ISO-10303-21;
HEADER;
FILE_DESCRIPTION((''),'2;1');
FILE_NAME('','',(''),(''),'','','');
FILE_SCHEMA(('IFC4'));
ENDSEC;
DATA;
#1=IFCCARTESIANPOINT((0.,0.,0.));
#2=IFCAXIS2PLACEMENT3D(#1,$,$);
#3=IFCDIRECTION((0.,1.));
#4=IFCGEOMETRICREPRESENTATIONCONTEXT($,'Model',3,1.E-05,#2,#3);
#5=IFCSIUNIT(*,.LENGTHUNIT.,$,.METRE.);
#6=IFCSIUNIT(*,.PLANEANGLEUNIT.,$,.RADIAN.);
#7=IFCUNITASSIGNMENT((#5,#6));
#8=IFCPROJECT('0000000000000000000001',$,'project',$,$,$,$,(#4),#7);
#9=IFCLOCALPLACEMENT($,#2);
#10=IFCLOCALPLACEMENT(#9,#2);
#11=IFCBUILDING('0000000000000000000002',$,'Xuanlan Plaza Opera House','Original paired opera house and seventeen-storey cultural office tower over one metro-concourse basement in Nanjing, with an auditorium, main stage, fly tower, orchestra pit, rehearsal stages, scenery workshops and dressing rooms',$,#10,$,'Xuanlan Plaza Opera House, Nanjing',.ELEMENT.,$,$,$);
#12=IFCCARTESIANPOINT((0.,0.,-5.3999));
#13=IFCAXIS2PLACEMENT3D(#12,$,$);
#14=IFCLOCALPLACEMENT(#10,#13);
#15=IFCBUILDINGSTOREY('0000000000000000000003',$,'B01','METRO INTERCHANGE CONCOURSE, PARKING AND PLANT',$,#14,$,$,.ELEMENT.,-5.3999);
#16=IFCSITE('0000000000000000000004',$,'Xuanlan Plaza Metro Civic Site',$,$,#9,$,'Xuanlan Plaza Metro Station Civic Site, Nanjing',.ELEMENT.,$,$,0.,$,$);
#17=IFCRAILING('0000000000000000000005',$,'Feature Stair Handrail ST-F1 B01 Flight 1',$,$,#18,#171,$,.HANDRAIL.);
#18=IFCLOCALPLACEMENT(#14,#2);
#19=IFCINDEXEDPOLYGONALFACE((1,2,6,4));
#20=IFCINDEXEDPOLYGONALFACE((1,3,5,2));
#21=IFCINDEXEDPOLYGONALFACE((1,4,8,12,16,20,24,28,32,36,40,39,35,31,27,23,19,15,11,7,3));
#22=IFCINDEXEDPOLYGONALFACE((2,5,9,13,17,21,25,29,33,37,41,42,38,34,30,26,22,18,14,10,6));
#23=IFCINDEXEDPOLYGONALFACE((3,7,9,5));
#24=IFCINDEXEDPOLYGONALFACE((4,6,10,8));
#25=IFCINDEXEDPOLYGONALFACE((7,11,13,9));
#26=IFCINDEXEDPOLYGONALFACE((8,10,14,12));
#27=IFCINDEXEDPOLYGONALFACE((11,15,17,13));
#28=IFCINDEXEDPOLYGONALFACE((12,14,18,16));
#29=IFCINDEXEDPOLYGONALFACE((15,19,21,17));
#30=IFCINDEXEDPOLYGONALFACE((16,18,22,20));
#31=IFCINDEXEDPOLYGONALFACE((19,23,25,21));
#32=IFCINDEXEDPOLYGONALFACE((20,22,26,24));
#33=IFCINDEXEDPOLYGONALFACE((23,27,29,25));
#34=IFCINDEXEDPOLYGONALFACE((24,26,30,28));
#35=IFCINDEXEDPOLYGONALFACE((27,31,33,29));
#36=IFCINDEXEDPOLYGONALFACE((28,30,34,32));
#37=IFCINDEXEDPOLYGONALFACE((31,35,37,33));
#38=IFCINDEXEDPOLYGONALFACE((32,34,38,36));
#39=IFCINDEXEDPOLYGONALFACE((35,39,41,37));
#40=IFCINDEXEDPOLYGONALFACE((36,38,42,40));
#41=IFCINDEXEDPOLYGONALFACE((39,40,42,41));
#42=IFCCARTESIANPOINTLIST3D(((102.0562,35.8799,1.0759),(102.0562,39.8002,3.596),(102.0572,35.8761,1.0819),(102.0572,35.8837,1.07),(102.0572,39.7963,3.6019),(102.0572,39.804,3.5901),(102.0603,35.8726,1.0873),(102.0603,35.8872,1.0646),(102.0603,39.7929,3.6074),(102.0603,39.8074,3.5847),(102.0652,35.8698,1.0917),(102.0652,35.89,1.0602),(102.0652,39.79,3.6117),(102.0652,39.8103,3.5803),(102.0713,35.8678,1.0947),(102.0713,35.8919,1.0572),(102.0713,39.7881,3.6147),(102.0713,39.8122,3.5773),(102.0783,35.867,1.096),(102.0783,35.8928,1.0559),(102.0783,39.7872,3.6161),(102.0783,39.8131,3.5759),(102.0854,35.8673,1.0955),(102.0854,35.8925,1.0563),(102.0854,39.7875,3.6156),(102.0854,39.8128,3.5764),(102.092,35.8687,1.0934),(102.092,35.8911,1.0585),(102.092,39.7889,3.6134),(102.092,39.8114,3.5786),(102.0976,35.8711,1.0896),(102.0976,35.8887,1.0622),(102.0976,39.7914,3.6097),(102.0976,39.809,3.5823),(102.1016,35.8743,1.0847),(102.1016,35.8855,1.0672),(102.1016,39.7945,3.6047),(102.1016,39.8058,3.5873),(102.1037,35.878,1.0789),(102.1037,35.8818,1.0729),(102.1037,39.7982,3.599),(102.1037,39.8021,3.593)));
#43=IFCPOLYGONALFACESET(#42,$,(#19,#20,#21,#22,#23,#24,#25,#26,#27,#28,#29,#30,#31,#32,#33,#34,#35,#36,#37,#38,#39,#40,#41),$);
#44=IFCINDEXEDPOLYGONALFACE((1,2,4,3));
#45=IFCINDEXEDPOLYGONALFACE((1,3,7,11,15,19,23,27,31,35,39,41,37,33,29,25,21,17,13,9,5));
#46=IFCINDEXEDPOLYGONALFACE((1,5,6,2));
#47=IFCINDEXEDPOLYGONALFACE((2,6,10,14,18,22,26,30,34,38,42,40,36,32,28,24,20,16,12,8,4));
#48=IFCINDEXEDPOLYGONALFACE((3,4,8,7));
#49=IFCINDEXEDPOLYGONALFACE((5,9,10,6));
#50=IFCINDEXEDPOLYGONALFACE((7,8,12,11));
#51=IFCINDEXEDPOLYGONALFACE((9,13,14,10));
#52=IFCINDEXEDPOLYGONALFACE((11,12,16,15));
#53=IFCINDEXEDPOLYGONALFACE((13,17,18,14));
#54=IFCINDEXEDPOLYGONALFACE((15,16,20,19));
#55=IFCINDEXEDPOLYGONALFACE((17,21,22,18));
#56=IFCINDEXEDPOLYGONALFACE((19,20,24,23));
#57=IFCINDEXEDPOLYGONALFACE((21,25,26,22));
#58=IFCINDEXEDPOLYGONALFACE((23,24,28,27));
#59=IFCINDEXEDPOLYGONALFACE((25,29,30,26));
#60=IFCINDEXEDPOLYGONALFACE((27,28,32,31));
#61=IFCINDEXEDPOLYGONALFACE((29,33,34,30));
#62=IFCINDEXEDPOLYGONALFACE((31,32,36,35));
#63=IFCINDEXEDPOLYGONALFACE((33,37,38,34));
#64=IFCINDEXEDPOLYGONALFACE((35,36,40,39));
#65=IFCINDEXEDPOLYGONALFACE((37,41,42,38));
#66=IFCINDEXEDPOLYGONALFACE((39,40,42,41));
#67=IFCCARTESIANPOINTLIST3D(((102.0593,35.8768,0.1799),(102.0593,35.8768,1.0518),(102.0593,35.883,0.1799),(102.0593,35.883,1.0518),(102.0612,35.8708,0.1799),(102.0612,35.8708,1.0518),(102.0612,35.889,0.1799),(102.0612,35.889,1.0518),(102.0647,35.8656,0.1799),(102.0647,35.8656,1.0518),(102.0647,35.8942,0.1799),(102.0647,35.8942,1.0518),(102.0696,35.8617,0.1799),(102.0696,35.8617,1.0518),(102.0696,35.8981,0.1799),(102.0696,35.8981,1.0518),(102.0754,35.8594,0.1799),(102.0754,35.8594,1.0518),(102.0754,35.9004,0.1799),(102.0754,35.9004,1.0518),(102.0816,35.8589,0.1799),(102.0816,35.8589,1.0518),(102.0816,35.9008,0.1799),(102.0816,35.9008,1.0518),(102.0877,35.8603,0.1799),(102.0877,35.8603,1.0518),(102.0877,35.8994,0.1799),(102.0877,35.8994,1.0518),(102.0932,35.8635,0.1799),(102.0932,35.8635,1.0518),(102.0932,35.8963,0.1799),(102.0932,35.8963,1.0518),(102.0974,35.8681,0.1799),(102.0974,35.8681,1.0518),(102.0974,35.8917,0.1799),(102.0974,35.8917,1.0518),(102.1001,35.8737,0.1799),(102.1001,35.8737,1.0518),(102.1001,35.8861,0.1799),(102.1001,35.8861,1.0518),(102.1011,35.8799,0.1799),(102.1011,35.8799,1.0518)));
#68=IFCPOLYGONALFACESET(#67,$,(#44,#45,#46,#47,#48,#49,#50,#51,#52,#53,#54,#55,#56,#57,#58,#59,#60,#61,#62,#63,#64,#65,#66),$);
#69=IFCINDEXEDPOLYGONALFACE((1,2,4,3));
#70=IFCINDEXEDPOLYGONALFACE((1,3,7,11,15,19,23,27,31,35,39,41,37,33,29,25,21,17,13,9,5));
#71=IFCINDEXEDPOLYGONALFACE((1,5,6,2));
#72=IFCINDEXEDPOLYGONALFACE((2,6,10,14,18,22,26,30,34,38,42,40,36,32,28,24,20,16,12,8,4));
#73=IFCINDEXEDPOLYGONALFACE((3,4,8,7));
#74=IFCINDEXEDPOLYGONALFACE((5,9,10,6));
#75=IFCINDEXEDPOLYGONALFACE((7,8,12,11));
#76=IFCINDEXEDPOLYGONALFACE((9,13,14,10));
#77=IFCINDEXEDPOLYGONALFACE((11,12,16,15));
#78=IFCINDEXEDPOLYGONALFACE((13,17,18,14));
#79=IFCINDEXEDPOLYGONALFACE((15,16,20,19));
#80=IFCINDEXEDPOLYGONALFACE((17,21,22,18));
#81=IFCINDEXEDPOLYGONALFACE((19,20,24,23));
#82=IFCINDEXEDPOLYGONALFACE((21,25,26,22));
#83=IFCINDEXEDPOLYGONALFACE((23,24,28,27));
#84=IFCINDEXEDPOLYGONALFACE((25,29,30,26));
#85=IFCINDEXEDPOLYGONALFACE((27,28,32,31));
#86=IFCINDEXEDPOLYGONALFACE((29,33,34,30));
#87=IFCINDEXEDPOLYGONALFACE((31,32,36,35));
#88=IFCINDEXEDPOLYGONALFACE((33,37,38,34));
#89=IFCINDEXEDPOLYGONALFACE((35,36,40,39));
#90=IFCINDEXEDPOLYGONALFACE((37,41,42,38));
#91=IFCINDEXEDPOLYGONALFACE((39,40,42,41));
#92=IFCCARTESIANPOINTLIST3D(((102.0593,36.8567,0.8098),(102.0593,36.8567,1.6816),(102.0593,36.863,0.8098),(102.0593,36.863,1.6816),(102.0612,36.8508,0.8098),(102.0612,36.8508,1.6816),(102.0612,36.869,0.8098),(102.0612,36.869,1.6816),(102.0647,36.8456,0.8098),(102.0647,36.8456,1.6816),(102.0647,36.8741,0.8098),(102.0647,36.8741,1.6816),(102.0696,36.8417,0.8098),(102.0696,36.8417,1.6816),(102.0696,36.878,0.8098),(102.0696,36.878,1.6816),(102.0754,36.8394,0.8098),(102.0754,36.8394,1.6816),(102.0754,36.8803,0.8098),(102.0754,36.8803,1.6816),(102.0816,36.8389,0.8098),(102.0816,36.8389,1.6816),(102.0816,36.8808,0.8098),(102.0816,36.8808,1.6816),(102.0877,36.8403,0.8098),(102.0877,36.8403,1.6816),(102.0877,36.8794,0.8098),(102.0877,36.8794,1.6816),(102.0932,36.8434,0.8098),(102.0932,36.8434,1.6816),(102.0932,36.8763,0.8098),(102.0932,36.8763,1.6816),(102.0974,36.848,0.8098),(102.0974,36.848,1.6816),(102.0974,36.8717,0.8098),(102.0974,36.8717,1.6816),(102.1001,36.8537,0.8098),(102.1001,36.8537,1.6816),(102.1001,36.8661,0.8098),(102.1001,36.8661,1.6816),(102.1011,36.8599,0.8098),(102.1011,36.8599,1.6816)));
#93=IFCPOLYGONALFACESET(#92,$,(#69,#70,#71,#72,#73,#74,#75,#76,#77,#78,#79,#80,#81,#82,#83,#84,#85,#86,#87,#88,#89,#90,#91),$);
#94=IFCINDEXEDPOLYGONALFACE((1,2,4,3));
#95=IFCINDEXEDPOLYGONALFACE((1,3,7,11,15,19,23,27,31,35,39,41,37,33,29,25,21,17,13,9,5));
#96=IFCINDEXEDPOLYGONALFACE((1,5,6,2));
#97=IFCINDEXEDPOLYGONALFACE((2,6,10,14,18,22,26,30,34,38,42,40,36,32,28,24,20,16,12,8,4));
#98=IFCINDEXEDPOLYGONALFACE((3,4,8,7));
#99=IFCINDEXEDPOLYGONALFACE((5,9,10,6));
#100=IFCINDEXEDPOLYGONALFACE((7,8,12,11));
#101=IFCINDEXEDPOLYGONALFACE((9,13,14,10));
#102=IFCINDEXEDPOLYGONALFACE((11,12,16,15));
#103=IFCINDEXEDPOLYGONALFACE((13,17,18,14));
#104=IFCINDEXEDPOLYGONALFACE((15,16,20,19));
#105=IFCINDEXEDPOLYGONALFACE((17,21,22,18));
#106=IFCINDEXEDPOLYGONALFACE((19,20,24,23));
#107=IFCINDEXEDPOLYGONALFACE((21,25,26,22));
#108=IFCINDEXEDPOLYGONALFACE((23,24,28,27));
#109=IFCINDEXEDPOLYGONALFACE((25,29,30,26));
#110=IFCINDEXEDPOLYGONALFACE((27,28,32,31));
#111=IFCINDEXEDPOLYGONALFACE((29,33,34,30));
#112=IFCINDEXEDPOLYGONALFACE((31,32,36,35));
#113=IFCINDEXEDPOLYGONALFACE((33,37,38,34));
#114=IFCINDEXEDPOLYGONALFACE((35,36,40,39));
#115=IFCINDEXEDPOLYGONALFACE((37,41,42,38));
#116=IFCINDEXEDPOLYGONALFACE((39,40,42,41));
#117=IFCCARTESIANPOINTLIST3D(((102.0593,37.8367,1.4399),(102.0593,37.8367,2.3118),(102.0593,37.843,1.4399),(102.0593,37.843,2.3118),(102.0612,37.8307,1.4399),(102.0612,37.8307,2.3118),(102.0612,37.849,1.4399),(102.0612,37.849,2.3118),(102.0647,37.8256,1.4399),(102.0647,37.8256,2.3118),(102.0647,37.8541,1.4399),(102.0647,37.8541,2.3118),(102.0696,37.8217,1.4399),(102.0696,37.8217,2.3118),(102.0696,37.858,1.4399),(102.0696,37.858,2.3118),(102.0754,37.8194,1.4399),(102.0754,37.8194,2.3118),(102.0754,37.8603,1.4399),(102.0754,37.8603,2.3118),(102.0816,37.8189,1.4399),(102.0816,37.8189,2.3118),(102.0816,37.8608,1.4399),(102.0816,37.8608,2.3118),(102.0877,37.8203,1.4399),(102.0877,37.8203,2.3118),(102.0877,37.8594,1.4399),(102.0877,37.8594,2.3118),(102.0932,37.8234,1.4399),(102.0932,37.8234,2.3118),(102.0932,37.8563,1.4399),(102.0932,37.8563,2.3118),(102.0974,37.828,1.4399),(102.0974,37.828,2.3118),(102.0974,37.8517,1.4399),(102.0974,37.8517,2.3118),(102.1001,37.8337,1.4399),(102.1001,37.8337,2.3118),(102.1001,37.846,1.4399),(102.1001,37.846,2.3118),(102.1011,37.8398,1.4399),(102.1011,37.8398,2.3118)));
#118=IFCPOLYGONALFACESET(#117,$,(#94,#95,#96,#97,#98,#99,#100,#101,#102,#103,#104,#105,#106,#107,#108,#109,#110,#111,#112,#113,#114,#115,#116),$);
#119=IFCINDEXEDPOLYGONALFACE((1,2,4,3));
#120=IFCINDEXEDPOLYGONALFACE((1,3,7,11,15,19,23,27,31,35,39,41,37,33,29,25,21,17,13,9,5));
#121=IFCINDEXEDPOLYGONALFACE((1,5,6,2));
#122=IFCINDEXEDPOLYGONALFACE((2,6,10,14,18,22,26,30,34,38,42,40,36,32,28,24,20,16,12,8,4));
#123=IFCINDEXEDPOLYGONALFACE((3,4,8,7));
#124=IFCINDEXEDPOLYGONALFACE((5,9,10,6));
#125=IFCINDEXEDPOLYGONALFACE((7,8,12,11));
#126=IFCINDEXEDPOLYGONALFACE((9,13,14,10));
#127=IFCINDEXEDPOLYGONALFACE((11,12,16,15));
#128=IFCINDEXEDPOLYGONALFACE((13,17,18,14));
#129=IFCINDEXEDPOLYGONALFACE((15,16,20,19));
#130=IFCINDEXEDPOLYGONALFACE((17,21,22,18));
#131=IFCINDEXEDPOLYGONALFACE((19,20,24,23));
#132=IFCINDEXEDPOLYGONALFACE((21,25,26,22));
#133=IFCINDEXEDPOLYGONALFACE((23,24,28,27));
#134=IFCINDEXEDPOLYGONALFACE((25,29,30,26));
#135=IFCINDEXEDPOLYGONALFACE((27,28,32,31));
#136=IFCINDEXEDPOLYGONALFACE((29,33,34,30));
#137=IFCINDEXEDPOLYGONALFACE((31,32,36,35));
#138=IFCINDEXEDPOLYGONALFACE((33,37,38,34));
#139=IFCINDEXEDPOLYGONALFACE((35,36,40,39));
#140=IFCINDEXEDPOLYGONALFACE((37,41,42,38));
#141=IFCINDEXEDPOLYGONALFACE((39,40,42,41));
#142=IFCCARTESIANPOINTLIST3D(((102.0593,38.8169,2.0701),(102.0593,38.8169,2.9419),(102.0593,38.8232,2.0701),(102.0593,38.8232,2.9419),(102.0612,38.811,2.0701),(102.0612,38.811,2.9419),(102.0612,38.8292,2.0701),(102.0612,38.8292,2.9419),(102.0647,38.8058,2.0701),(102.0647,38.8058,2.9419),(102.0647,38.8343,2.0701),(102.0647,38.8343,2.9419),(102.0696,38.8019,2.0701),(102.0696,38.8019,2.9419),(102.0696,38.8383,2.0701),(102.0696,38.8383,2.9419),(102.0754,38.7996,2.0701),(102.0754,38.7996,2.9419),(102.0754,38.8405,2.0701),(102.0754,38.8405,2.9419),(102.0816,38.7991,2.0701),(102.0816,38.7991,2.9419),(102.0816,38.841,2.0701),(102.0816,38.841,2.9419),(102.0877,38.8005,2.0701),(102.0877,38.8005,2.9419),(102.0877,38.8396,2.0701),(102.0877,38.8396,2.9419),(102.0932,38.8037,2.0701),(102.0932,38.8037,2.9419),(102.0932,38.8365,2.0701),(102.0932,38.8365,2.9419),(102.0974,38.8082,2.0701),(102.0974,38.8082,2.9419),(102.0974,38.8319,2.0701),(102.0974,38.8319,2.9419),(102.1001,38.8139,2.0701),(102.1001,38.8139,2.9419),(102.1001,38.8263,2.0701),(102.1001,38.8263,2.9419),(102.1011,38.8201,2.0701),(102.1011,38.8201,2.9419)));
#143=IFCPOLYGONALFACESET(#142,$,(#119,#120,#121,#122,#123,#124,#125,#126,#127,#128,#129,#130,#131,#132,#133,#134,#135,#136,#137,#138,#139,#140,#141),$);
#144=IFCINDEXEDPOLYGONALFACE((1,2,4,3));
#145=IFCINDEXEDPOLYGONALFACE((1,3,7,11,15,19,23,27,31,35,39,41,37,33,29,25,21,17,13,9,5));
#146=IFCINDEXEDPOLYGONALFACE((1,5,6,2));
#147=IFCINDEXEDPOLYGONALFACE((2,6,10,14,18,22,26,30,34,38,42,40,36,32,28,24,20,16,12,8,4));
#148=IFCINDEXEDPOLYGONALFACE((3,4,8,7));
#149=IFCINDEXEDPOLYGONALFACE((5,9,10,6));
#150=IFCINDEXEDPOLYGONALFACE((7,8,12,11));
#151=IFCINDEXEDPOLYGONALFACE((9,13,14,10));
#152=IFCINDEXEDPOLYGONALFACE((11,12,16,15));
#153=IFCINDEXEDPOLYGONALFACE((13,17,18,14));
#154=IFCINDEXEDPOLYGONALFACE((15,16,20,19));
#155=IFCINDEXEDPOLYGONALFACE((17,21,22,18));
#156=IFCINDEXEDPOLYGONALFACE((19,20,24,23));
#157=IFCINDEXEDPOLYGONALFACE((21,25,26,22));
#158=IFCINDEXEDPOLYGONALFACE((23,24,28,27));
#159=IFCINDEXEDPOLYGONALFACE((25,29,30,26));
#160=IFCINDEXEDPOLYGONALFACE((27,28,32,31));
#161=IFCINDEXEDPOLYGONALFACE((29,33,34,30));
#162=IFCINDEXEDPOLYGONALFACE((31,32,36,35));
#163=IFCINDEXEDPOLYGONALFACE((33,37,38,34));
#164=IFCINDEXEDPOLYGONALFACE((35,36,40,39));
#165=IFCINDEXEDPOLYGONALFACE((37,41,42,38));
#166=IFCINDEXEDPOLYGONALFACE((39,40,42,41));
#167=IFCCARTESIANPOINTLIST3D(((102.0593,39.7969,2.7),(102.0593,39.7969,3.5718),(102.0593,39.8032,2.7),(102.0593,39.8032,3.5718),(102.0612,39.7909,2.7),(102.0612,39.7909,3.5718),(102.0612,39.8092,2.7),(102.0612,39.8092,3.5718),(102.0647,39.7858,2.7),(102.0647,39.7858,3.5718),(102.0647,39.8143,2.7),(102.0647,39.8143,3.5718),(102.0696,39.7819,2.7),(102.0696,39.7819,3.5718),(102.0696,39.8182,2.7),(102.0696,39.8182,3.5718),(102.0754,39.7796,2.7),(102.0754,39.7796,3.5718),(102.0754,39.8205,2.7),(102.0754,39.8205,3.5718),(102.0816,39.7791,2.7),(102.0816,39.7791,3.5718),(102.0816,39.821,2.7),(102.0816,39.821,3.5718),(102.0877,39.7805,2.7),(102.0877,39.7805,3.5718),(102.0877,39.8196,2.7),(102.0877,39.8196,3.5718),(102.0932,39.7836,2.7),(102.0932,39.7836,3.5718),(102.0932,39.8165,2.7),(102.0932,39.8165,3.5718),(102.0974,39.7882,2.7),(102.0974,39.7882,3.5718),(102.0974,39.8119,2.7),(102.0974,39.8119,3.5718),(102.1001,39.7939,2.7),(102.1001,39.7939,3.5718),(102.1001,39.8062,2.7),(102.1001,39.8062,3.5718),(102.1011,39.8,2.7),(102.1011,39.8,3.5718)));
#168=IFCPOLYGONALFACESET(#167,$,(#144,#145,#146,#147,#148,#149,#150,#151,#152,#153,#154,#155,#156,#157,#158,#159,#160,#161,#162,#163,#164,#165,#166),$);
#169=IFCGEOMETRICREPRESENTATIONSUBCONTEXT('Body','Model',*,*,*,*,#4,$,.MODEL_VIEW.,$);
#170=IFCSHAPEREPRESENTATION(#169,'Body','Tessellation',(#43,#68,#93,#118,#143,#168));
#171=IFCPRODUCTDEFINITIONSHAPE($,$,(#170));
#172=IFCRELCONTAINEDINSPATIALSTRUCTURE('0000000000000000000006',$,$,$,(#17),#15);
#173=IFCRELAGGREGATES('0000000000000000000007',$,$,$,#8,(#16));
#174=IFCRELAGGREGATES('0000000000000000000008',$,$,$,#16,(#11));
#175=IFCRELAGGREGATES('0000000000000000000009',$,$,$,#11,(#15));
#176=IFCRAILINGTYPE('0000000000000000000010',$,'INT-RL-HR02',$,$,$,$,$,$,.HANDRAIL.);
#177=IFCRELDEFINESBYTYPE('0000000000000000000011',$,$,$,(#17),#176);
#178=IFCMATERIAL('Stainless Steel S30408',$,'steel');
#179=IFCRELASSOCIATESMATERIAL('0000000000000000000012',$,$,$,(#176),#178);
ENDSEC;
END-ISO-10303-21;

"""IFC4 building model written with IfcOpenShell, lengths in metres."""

from ifc_helpers import new_model, si_unit, direction, frame, origin, origin_2d, place, context, subcontext, project, spatial, circle, extrude, material, type_object, element, save


model = new_model("IFC4")

# Units and contexts
model_context = context("Model", 3, precision=1e-05, world=origin(), true_north=direction((0.0, 1.0)))
body_context = subcontext(model_context, "Body", "Model", "MODEL_VIEW")
ifc_project = project(units=[si_unit("LENGTHUNIT", "METRE"), si_unit("PLANEANGLEUNIT", "RADIAN")], contexts=[model_context])

# Site, building, storey
site_placement = place(None, origin())
site = spatial("IfcSite", under=ifc_project, at=site_placement, Name="Xuanlan Plaza Metro Civic Site", LongName="Xuanlan Plaza Metro Station Civic Site, Nanjing", CompositionType="ELEMENT", RefElevation=0.0)
building_placement = place(site_placement, origin())
building = spatial("IfcBuilding", under=site, at=building_placement, Name="Xuanlan Plaza Opera House", Description="Original paired opera house and seventeen-storey cultural office tower over one metro-concourse basement in Nanjing, with an auditorium, main stage, fly tower, orchestra pit, rehearsal stages, scenery workshops and dressing rooms", LongName="Xuanlan Plaza Opera House, Nanjing", CompositionType="ELEMENT")
storey_placement = place(building_placement, frame((0.0, 0.0, -5.3999)))
storey = spatial("IfcBuildingStorey", under=building, at=storey_placement, Name="B01", Description="METRO INTERCHANGE CONCOURSE, PARKING AND PLANT", CompositionType="ELEMENT", Elevation=-5.3999)

# Railing
ifc_material_1 = material(Name="Stainless Steel S30408", Category="steel")
railing_type = type_object("IfcRailingType", Name="INT-RL-HR02", PredefinedType="HANDRAIL", material=ifc_material_1)
railing_placement = place(storey_placement, frame((102.0801, 35.8799, 0.1799)))
element("IfcRailing", 1, at=railing_placement, inside=storey, type_object=railing_type, Name="Feature Stair Handrail ST-F1 B01 Flight 1", PredefinedType="HANDRAIL", context=body_context, shape_type="SweptSolid", body=[
    extrude(circle(Radius=0.0239, at=origin_2d()), frame((0.0, 0.0, 0.896), z_axis=(0.0, 0.841187, 0.540744), x_axis=(-1.0, 0.0, 0.0)), (0.0, 0.0, 1.0), 4.6604),
    extrude(circle(Radius=0.021, at=origin_2d()), origin(), (0.0, 0.0, 1.0), 0.8718),
    extrude(circle(Radius=0.021, at=origin_2d()), frame((0.0, 0.98, 0.6299)), (0.0, 0.0, 1.0), 0.8718),
    extrude(circle(Radius=0.021, at=origin_2d()), frame((0.0, 1.96, 1.26)), (0.0, 0.0, 1.0), 0.8718),
    extrude(circle(Radius=0.021, at=origin_2d()), frame((0.0, 2.9402, 1.8901)), (0.0, 0.0, 1.0), 0.8718),
    extrude(circle(Radius=0.021, at=origin_2d()), frame((0.0, 3.9202, 2.52)), (0.0, 0.0, 1.0), 0.8718),
])

save(model, "model.ifc")
